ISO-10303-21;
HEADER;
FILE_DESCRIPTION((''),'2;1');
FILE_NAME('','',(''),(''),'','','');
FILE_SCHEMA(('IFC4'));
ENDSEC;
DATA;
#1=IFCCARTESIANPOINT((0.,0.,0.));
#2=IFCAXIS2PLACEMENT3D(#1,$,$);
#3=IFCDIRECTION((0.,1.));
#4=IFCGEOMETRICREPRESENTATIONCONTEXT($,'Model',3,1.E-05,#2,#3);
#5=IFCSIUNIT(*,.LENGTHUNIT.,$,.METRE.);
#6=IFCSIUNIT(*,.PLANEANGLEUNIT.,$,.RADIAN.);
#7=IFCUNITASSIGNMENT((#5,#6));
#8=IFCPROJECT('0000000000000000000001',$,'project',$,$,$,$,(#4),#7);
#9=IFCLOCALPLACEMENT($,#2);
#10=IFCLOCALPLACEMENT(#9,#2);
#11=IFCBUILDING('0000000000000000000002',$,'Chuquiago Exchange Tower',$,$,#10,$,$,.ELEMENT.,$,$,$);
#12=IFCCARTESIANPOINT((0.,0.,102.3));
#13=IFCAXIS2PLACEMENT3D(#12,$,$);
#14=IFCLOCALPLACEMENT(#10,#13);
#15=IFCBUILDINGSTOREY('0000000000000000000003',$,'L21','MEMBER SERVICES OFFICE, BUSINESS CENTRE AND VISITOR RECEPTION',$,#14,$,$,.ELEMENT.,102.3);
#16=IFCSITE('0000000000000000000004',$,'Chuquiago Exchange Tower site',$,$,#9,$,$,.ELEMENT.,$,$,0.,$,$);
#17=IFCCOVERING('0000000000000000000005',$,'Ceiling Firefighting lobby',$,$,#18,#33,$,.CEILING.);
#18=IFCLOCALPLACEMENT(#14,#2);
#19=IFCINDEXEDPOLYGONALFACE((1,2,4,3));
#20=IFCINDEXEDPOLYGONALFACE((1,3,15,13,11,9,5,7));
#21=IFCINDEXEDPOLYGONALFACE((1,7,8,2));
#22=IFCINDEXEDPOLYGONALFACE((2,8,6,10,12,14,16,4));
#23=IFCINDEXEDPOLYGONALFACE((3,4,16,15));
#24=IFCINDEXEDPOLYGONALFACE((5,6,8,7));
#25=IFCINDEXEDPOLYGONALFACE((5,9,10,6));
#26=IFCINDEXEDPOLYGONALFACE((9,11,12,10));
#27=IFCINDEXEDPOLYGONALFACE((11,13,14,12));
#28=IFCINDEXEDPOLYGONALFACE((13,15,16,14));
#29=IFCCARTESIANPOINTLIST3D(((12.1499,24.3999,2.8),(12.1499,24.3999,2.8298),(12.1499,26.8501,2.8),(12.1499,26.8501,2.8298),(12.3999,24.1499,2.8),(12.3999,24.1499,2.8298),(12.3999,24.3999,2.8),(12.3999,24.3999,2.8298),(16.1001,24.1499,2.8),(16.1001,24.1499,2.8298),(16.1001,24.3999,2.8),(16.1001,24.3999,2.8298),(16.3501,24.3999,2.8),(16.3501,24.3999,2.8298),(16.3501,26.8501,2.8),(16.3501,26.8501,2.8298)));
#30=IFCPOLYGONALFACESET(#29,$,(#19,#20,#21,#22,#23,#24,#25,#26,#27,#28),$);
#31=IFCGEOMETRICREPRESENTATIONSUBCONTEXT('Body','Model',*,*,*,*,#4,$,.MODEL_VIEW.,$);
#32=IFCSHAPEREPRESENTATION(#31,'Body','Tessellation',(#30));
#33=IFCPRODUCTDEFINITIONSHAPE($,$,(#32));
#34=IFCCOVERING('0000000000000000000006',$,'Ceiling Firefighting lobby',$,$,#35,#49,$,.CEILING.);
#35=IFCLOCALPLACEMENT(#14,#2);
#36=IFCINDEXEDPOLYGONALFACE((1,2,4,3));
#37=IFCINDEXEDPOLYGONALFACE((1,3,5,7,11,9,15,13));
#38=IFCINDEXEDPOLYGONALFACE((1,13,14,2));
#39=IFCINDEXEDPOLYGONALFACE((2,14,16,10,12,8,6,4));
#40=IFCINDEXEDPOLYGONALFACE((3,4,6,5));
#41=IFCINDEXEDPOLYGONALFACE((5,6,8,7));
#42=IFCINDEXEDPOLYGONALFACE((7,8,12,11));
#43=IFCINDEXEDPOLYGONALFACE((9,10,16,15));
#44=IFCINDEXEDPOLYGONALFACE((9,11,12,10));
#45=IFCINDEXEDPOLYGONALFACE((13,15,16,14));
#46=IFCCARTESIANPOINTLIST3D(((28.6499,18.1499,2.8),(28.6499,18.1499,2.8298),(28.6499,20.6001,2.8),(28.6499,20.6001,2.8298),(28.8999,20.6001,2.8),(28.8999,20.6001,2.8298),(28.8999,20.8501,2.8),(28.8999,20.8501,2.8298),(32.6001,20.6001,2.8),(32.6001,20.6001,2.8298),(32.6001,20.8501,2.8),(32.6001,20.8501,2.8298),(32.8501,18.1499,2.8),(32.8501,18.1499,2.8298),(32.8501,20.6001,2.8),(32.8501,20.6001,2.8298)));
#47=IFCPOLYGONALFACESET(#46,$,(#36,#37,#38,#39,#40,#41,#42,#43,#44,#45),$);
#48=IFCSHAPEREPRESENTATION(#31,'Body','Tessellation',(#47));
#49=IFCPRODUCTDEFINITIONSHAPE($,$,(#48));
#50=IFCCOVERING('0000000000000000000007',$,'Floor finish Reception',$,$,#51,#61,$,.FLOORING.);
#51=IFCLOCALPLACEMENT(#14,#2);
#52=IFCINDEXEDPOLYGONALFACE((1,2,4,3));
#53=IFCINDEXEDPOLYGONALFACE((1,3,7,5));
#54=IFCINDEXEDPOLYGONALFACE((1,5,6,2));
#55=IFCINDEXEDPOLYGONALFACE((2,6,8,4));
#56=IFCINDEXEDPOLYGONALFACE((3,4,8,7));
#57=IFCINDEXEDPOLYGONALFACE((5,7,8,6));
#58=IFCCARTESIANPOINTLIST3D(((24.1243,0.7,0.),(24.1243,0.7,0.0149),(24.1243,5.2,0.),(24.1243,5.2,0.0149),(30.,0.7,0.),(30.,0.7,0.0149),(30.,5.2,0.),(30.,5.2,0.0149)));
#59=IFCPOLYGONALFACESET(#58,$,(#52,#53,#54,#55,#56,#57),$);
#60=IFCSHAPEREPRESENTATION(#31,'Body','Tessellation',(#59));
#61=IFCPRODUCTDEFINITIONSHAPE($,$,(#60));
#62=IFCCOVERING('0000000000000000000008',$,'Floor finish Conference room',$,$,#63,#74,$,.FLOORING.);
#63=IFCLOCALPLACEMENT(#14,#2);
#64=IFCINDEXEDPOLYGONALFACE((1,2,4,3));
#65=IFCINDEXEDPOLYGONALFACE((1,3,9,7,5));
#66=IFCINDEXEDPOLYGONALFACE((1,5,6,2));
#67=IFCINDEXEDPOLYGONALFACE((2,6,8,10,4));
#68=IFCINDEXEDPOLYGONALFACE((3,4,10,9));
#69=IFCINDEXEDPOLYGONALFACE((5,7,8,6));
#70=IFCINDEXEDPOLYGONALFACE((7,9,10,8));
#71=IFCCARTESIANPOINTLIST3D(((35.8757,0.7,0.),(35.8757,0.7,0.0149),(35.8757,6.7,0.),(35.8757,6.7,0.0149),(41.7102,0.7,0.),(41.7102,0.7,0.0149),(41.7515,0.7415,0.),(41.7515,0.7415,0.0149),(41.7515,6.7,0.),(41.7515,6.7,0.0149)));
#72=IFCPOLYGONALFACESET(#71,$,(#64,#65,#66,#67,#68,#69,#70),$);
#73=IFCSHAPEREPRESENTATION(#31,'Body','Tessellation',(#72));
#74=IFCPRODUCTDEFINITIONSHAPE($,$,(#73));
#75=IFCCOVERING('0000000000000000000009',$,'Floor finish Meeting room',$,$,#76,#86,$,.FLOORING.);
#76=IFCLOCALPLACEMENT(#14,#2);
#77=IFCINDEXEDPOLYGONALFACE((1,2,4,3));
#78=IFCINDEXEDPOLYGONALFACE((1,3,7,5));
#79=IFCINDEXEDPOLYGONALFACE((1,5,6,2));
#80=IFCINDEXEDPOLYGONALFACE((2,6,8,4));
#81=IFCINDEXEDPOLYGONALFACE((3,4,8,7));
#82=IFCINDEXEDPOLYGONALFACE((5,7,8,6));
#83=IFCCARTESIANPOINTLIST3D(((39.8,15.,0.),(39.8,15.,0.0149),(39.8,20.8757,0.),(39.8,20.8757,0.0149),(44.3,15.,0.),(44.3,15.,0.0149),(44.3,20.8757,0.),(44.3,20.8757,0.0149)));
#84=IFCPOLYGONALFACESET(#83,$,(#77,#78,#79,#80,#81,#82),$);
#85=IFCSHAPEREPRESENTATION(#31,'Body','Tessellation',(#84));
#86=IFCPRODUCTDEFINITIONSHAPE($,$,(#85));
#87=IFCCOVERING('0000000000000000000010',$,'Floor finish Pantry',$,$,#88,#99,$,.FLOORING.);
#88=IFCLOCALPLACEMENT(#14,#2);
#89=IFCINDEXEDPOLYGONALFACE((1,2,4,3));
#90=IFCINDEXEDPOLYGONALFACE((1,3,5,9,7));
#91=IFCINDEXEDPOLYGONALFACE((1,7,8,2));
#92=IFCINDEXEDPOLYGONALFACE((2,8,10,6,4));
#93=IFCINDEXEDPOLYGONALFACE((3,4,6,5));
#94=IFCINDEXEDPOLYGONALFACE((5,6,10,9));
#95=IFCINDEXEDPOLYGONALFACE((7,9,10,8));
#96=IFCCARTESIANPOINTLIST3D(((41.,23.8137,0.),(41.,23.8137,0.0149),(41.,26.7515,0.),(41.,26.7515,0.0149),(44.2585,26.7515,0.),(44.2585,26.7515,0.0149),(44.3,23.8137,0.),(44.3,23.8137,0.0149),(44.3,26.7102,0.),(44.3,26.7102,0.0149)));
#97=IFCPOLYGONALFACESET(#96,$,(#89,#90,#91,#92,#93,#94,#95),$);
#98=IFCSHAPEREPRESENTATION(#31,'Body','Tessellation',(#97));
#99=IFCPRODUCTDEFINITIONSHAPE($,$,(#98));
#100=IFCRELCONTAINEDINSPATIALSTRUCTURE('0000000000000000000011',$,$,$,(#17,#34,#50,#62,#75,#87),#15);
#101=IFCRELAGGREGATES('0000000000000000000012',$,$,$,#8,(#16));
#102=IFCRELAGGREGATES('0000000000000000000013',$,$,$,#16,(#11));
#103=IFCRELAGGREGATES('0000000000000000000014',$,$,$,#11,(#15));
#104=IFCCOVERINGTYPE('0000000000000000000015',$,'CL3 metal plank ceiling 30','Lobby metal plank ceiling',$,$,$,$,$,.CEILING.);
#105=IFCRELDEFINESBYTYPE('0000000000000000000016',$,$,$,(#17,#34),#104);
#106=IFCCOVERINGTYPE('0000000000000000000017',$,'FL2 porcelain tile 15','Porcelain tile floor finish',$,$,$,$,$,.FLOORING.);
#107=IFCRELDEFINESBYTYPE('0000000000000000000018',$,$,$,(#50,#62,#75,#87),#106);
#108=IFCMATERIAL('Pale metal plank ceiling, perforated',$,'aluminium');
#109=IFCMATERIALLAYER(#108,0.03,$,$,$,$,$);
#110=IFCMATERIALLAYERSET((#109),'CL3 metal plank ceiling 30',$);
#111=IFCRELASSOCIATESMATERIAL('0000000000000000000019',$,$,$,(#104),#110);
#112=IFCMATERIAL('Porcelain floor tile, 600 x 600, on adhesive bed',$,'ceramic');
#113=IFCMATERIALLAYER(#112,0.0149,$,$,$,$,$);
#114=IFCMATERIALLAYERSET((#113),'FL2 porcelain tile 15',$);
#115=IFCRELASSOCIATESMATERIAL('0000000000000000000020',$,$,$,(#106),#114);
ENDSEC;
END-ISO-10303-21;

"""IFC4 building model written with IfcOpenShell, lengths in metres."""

from ifc_helpers import new_model, si_unit, direction, frame, origin, place, context, subcontext, project, spatial, polyline, outline, extrude, material, layer, layer_set, type_object, element, save


model = new_model("IFC4")

# Units and contexts
model_context = context("Model", 3, precision=1e-05, world=origin(), true_north=direction((0.0, 1.0)))
body_context = subcontext(model_context, "Body", "Model", "MODEL_VIEW")
ifc_project = project(units=[si_unit("LENGTHUNIT", "METRE"), si_unit("PLANEANGLEUNIT", "RADIAN")], contexts=[model_context])

# Site, building, storey
site_placement = place(None, origin())
site = spatial("IfcSite", under=ifc_project, at=site_placement, Name="Chuquiago Exchange Tower site", CompositionType="ELEMENT", RefElevation=0.0)
building_placement = place(site_placement, origin())
building = spatial("IfcBuilding", under=site, at=building_placement, Name="Chuquiago Exchange Tower", CompositionType="ELEMENT")
storey_placement = place(building_placement, frame((0.0, 0.0, 102.3)))
storey = spatial("IfcBuildingStorey", under=building, at=storey_placement, Name="L21", Description="MEMBER SERVICES OFFICE, BUSINESS CENTRE AND VISITOR RECEPTION", CompositionType="ELEMENT", Elevation=102.3)

# Coverings
ifc_material_1 = material(Name="Pale metal plank ceiling, perforated", Category="aluminium")
ifc_layer_1 = layer(ifc_material_1, 0.03)
ifc_layer_set_1 = layer_set([ifc_layer_1], Name="CL3 metal plank ceiling 30")
covering_type_1 = type_object("IfcCoveringType", Name="CL3 metal plank ceiling 30", Description="Lobby metal plank ceiling", PredefinedType="CEILING", material=ifc_layer_set_1)
covering_1_placement = place(storey_placement, frame((0.0, 0.0, 2.8)))
element("IfcCovering", 1, at=covering_1_placement, inside=storey, type_object=covering_type_1, Name="Ceiling Firefighting lobby", PredefinedType="CEILING", context=body_context, shape_type="SweptSolid", body=[
    extrude(outline(polyline([(12.3999, 24.1499), (12.3999, 24.3999), (12.1499, 24.3999), (12.1499, 26.8501), (16.3501, 26.8501), (16.3501, 24.3999), (16.1001, 24.3999), (16.1001, 24.1499), (12.3999, 24.1499)])), origin(), (0.0, 0.0, 1.0), 0.0298),
])
covering_2_placement = place(storey_placement, frame((0.0, 0.0, 2.8)))
element("IfcCovering", 2, at=covering_2_placement, inside=storey, type_object=covering_type_1, Name="Ceiling Firefighting lobby", PredefinedType="CEILING", context=body_context, shape_type="SweptSolid", body=[
    extrude(outline(polyline([(28.6499, 18.1499), (28.6499, 20.6001), (28.8999, 20.6001), (28.8999, 20.8501), (32.6001, 20.8501), (32.6001, 20.6001), (32.8501, 20.6001), (32.8501, 18.1499), (28.6499, 18.1499)])), origin(), (0.0, 0.0, 1.0), 0.0298),
])
ifc_material_2 = material(Name="Porcelain floor tile, 600 x 600, on adhesive bed", Category="ceramic")
ifc_layer_2 = layer(ifc_material_2, 0.0149)
ifc_layer_set_2 = layer_set([ifc_layer_2], Name="FL2 porcelain tile 15")
covering_type_2 = type_object("IfcCoveringType", Name="FL2 porcelain tile 15", Description="Porcelain tile floor finish", PredefinedType="FLOORING", material=ifc_layer_set_2)
covering_3_placement = place(storey_placement, origin())
element("IfcCovering", 3, at=covering_3_placement, inside=storey, type_object=covering_type_2, Name="Floor finish Reception", PredefinedType="FLOORING", context=body_context, shape_type="SweptSolid", body=[
    extrude(outline(polyline([(24.1243, 0.7), (24.1243, 5.2), (30.0, 5.2), (30.0, 0.7), (24.1243, 0.7)])), origin(), (0.0, 0.0, 1.0), 0.0149),
])
covering_4_placement = place(storey_placement, origin())
element("IfcCovering", 4, at=covering_4_placement, inside=storey, type_object=covering_type_2, Name="Floor finish Conference room", PredefinedType="FLOORING", context=body_context, shape_type="SweptSolid", body=[
    extrude(outline(polyline([(41.7102, 0.7), (35.8757, 0.7), (35.8757, 6.7), (41.7515, 6.7), (41.7515, 0.7415), (41.7102, 0.7)])), origin(), (0.0, 0.0, 1.0), 0.0149),
])
covering_5_placement = place(storey_placement, origin())
element("IfcCovering", 5, at=covering_5_placement, inside=storey, type_object=covering_type_2, Name="Floor finish Meeting room", PredefinedType="FLOORING", context=body_context, shape_type="SweptSolid", body=[
    extrude(outline(polyline([(44.3, 15.0), (39.8, 15.0), (39.8, 20.8757), (44.3, 20.8757), (44.3, 15.0)])), origin(), (0.0, 0.0, 1.0), 0.0149),
])
covering_6_placement = place(storey_placement, origin())
element("IfcCovering", 6, at=covering_6_placement, inside=storey, type_object=covering_type_2, Name="Floor finish Pantry", PredefinedType="FLOORING", context=body_context, shape_type="SweptSolid", body=[
    extrude(outline(polyline([(44.3, 26.7102), (44.3, 23.8137), (41.0, 23.8137), (41.0, 26.7515), (44.2585, 26.7515), (44.3, 26.7102)])), origin(), (0.0, 0.0, 1.0), 0.0149),
])

save(model, "model.ifc")
